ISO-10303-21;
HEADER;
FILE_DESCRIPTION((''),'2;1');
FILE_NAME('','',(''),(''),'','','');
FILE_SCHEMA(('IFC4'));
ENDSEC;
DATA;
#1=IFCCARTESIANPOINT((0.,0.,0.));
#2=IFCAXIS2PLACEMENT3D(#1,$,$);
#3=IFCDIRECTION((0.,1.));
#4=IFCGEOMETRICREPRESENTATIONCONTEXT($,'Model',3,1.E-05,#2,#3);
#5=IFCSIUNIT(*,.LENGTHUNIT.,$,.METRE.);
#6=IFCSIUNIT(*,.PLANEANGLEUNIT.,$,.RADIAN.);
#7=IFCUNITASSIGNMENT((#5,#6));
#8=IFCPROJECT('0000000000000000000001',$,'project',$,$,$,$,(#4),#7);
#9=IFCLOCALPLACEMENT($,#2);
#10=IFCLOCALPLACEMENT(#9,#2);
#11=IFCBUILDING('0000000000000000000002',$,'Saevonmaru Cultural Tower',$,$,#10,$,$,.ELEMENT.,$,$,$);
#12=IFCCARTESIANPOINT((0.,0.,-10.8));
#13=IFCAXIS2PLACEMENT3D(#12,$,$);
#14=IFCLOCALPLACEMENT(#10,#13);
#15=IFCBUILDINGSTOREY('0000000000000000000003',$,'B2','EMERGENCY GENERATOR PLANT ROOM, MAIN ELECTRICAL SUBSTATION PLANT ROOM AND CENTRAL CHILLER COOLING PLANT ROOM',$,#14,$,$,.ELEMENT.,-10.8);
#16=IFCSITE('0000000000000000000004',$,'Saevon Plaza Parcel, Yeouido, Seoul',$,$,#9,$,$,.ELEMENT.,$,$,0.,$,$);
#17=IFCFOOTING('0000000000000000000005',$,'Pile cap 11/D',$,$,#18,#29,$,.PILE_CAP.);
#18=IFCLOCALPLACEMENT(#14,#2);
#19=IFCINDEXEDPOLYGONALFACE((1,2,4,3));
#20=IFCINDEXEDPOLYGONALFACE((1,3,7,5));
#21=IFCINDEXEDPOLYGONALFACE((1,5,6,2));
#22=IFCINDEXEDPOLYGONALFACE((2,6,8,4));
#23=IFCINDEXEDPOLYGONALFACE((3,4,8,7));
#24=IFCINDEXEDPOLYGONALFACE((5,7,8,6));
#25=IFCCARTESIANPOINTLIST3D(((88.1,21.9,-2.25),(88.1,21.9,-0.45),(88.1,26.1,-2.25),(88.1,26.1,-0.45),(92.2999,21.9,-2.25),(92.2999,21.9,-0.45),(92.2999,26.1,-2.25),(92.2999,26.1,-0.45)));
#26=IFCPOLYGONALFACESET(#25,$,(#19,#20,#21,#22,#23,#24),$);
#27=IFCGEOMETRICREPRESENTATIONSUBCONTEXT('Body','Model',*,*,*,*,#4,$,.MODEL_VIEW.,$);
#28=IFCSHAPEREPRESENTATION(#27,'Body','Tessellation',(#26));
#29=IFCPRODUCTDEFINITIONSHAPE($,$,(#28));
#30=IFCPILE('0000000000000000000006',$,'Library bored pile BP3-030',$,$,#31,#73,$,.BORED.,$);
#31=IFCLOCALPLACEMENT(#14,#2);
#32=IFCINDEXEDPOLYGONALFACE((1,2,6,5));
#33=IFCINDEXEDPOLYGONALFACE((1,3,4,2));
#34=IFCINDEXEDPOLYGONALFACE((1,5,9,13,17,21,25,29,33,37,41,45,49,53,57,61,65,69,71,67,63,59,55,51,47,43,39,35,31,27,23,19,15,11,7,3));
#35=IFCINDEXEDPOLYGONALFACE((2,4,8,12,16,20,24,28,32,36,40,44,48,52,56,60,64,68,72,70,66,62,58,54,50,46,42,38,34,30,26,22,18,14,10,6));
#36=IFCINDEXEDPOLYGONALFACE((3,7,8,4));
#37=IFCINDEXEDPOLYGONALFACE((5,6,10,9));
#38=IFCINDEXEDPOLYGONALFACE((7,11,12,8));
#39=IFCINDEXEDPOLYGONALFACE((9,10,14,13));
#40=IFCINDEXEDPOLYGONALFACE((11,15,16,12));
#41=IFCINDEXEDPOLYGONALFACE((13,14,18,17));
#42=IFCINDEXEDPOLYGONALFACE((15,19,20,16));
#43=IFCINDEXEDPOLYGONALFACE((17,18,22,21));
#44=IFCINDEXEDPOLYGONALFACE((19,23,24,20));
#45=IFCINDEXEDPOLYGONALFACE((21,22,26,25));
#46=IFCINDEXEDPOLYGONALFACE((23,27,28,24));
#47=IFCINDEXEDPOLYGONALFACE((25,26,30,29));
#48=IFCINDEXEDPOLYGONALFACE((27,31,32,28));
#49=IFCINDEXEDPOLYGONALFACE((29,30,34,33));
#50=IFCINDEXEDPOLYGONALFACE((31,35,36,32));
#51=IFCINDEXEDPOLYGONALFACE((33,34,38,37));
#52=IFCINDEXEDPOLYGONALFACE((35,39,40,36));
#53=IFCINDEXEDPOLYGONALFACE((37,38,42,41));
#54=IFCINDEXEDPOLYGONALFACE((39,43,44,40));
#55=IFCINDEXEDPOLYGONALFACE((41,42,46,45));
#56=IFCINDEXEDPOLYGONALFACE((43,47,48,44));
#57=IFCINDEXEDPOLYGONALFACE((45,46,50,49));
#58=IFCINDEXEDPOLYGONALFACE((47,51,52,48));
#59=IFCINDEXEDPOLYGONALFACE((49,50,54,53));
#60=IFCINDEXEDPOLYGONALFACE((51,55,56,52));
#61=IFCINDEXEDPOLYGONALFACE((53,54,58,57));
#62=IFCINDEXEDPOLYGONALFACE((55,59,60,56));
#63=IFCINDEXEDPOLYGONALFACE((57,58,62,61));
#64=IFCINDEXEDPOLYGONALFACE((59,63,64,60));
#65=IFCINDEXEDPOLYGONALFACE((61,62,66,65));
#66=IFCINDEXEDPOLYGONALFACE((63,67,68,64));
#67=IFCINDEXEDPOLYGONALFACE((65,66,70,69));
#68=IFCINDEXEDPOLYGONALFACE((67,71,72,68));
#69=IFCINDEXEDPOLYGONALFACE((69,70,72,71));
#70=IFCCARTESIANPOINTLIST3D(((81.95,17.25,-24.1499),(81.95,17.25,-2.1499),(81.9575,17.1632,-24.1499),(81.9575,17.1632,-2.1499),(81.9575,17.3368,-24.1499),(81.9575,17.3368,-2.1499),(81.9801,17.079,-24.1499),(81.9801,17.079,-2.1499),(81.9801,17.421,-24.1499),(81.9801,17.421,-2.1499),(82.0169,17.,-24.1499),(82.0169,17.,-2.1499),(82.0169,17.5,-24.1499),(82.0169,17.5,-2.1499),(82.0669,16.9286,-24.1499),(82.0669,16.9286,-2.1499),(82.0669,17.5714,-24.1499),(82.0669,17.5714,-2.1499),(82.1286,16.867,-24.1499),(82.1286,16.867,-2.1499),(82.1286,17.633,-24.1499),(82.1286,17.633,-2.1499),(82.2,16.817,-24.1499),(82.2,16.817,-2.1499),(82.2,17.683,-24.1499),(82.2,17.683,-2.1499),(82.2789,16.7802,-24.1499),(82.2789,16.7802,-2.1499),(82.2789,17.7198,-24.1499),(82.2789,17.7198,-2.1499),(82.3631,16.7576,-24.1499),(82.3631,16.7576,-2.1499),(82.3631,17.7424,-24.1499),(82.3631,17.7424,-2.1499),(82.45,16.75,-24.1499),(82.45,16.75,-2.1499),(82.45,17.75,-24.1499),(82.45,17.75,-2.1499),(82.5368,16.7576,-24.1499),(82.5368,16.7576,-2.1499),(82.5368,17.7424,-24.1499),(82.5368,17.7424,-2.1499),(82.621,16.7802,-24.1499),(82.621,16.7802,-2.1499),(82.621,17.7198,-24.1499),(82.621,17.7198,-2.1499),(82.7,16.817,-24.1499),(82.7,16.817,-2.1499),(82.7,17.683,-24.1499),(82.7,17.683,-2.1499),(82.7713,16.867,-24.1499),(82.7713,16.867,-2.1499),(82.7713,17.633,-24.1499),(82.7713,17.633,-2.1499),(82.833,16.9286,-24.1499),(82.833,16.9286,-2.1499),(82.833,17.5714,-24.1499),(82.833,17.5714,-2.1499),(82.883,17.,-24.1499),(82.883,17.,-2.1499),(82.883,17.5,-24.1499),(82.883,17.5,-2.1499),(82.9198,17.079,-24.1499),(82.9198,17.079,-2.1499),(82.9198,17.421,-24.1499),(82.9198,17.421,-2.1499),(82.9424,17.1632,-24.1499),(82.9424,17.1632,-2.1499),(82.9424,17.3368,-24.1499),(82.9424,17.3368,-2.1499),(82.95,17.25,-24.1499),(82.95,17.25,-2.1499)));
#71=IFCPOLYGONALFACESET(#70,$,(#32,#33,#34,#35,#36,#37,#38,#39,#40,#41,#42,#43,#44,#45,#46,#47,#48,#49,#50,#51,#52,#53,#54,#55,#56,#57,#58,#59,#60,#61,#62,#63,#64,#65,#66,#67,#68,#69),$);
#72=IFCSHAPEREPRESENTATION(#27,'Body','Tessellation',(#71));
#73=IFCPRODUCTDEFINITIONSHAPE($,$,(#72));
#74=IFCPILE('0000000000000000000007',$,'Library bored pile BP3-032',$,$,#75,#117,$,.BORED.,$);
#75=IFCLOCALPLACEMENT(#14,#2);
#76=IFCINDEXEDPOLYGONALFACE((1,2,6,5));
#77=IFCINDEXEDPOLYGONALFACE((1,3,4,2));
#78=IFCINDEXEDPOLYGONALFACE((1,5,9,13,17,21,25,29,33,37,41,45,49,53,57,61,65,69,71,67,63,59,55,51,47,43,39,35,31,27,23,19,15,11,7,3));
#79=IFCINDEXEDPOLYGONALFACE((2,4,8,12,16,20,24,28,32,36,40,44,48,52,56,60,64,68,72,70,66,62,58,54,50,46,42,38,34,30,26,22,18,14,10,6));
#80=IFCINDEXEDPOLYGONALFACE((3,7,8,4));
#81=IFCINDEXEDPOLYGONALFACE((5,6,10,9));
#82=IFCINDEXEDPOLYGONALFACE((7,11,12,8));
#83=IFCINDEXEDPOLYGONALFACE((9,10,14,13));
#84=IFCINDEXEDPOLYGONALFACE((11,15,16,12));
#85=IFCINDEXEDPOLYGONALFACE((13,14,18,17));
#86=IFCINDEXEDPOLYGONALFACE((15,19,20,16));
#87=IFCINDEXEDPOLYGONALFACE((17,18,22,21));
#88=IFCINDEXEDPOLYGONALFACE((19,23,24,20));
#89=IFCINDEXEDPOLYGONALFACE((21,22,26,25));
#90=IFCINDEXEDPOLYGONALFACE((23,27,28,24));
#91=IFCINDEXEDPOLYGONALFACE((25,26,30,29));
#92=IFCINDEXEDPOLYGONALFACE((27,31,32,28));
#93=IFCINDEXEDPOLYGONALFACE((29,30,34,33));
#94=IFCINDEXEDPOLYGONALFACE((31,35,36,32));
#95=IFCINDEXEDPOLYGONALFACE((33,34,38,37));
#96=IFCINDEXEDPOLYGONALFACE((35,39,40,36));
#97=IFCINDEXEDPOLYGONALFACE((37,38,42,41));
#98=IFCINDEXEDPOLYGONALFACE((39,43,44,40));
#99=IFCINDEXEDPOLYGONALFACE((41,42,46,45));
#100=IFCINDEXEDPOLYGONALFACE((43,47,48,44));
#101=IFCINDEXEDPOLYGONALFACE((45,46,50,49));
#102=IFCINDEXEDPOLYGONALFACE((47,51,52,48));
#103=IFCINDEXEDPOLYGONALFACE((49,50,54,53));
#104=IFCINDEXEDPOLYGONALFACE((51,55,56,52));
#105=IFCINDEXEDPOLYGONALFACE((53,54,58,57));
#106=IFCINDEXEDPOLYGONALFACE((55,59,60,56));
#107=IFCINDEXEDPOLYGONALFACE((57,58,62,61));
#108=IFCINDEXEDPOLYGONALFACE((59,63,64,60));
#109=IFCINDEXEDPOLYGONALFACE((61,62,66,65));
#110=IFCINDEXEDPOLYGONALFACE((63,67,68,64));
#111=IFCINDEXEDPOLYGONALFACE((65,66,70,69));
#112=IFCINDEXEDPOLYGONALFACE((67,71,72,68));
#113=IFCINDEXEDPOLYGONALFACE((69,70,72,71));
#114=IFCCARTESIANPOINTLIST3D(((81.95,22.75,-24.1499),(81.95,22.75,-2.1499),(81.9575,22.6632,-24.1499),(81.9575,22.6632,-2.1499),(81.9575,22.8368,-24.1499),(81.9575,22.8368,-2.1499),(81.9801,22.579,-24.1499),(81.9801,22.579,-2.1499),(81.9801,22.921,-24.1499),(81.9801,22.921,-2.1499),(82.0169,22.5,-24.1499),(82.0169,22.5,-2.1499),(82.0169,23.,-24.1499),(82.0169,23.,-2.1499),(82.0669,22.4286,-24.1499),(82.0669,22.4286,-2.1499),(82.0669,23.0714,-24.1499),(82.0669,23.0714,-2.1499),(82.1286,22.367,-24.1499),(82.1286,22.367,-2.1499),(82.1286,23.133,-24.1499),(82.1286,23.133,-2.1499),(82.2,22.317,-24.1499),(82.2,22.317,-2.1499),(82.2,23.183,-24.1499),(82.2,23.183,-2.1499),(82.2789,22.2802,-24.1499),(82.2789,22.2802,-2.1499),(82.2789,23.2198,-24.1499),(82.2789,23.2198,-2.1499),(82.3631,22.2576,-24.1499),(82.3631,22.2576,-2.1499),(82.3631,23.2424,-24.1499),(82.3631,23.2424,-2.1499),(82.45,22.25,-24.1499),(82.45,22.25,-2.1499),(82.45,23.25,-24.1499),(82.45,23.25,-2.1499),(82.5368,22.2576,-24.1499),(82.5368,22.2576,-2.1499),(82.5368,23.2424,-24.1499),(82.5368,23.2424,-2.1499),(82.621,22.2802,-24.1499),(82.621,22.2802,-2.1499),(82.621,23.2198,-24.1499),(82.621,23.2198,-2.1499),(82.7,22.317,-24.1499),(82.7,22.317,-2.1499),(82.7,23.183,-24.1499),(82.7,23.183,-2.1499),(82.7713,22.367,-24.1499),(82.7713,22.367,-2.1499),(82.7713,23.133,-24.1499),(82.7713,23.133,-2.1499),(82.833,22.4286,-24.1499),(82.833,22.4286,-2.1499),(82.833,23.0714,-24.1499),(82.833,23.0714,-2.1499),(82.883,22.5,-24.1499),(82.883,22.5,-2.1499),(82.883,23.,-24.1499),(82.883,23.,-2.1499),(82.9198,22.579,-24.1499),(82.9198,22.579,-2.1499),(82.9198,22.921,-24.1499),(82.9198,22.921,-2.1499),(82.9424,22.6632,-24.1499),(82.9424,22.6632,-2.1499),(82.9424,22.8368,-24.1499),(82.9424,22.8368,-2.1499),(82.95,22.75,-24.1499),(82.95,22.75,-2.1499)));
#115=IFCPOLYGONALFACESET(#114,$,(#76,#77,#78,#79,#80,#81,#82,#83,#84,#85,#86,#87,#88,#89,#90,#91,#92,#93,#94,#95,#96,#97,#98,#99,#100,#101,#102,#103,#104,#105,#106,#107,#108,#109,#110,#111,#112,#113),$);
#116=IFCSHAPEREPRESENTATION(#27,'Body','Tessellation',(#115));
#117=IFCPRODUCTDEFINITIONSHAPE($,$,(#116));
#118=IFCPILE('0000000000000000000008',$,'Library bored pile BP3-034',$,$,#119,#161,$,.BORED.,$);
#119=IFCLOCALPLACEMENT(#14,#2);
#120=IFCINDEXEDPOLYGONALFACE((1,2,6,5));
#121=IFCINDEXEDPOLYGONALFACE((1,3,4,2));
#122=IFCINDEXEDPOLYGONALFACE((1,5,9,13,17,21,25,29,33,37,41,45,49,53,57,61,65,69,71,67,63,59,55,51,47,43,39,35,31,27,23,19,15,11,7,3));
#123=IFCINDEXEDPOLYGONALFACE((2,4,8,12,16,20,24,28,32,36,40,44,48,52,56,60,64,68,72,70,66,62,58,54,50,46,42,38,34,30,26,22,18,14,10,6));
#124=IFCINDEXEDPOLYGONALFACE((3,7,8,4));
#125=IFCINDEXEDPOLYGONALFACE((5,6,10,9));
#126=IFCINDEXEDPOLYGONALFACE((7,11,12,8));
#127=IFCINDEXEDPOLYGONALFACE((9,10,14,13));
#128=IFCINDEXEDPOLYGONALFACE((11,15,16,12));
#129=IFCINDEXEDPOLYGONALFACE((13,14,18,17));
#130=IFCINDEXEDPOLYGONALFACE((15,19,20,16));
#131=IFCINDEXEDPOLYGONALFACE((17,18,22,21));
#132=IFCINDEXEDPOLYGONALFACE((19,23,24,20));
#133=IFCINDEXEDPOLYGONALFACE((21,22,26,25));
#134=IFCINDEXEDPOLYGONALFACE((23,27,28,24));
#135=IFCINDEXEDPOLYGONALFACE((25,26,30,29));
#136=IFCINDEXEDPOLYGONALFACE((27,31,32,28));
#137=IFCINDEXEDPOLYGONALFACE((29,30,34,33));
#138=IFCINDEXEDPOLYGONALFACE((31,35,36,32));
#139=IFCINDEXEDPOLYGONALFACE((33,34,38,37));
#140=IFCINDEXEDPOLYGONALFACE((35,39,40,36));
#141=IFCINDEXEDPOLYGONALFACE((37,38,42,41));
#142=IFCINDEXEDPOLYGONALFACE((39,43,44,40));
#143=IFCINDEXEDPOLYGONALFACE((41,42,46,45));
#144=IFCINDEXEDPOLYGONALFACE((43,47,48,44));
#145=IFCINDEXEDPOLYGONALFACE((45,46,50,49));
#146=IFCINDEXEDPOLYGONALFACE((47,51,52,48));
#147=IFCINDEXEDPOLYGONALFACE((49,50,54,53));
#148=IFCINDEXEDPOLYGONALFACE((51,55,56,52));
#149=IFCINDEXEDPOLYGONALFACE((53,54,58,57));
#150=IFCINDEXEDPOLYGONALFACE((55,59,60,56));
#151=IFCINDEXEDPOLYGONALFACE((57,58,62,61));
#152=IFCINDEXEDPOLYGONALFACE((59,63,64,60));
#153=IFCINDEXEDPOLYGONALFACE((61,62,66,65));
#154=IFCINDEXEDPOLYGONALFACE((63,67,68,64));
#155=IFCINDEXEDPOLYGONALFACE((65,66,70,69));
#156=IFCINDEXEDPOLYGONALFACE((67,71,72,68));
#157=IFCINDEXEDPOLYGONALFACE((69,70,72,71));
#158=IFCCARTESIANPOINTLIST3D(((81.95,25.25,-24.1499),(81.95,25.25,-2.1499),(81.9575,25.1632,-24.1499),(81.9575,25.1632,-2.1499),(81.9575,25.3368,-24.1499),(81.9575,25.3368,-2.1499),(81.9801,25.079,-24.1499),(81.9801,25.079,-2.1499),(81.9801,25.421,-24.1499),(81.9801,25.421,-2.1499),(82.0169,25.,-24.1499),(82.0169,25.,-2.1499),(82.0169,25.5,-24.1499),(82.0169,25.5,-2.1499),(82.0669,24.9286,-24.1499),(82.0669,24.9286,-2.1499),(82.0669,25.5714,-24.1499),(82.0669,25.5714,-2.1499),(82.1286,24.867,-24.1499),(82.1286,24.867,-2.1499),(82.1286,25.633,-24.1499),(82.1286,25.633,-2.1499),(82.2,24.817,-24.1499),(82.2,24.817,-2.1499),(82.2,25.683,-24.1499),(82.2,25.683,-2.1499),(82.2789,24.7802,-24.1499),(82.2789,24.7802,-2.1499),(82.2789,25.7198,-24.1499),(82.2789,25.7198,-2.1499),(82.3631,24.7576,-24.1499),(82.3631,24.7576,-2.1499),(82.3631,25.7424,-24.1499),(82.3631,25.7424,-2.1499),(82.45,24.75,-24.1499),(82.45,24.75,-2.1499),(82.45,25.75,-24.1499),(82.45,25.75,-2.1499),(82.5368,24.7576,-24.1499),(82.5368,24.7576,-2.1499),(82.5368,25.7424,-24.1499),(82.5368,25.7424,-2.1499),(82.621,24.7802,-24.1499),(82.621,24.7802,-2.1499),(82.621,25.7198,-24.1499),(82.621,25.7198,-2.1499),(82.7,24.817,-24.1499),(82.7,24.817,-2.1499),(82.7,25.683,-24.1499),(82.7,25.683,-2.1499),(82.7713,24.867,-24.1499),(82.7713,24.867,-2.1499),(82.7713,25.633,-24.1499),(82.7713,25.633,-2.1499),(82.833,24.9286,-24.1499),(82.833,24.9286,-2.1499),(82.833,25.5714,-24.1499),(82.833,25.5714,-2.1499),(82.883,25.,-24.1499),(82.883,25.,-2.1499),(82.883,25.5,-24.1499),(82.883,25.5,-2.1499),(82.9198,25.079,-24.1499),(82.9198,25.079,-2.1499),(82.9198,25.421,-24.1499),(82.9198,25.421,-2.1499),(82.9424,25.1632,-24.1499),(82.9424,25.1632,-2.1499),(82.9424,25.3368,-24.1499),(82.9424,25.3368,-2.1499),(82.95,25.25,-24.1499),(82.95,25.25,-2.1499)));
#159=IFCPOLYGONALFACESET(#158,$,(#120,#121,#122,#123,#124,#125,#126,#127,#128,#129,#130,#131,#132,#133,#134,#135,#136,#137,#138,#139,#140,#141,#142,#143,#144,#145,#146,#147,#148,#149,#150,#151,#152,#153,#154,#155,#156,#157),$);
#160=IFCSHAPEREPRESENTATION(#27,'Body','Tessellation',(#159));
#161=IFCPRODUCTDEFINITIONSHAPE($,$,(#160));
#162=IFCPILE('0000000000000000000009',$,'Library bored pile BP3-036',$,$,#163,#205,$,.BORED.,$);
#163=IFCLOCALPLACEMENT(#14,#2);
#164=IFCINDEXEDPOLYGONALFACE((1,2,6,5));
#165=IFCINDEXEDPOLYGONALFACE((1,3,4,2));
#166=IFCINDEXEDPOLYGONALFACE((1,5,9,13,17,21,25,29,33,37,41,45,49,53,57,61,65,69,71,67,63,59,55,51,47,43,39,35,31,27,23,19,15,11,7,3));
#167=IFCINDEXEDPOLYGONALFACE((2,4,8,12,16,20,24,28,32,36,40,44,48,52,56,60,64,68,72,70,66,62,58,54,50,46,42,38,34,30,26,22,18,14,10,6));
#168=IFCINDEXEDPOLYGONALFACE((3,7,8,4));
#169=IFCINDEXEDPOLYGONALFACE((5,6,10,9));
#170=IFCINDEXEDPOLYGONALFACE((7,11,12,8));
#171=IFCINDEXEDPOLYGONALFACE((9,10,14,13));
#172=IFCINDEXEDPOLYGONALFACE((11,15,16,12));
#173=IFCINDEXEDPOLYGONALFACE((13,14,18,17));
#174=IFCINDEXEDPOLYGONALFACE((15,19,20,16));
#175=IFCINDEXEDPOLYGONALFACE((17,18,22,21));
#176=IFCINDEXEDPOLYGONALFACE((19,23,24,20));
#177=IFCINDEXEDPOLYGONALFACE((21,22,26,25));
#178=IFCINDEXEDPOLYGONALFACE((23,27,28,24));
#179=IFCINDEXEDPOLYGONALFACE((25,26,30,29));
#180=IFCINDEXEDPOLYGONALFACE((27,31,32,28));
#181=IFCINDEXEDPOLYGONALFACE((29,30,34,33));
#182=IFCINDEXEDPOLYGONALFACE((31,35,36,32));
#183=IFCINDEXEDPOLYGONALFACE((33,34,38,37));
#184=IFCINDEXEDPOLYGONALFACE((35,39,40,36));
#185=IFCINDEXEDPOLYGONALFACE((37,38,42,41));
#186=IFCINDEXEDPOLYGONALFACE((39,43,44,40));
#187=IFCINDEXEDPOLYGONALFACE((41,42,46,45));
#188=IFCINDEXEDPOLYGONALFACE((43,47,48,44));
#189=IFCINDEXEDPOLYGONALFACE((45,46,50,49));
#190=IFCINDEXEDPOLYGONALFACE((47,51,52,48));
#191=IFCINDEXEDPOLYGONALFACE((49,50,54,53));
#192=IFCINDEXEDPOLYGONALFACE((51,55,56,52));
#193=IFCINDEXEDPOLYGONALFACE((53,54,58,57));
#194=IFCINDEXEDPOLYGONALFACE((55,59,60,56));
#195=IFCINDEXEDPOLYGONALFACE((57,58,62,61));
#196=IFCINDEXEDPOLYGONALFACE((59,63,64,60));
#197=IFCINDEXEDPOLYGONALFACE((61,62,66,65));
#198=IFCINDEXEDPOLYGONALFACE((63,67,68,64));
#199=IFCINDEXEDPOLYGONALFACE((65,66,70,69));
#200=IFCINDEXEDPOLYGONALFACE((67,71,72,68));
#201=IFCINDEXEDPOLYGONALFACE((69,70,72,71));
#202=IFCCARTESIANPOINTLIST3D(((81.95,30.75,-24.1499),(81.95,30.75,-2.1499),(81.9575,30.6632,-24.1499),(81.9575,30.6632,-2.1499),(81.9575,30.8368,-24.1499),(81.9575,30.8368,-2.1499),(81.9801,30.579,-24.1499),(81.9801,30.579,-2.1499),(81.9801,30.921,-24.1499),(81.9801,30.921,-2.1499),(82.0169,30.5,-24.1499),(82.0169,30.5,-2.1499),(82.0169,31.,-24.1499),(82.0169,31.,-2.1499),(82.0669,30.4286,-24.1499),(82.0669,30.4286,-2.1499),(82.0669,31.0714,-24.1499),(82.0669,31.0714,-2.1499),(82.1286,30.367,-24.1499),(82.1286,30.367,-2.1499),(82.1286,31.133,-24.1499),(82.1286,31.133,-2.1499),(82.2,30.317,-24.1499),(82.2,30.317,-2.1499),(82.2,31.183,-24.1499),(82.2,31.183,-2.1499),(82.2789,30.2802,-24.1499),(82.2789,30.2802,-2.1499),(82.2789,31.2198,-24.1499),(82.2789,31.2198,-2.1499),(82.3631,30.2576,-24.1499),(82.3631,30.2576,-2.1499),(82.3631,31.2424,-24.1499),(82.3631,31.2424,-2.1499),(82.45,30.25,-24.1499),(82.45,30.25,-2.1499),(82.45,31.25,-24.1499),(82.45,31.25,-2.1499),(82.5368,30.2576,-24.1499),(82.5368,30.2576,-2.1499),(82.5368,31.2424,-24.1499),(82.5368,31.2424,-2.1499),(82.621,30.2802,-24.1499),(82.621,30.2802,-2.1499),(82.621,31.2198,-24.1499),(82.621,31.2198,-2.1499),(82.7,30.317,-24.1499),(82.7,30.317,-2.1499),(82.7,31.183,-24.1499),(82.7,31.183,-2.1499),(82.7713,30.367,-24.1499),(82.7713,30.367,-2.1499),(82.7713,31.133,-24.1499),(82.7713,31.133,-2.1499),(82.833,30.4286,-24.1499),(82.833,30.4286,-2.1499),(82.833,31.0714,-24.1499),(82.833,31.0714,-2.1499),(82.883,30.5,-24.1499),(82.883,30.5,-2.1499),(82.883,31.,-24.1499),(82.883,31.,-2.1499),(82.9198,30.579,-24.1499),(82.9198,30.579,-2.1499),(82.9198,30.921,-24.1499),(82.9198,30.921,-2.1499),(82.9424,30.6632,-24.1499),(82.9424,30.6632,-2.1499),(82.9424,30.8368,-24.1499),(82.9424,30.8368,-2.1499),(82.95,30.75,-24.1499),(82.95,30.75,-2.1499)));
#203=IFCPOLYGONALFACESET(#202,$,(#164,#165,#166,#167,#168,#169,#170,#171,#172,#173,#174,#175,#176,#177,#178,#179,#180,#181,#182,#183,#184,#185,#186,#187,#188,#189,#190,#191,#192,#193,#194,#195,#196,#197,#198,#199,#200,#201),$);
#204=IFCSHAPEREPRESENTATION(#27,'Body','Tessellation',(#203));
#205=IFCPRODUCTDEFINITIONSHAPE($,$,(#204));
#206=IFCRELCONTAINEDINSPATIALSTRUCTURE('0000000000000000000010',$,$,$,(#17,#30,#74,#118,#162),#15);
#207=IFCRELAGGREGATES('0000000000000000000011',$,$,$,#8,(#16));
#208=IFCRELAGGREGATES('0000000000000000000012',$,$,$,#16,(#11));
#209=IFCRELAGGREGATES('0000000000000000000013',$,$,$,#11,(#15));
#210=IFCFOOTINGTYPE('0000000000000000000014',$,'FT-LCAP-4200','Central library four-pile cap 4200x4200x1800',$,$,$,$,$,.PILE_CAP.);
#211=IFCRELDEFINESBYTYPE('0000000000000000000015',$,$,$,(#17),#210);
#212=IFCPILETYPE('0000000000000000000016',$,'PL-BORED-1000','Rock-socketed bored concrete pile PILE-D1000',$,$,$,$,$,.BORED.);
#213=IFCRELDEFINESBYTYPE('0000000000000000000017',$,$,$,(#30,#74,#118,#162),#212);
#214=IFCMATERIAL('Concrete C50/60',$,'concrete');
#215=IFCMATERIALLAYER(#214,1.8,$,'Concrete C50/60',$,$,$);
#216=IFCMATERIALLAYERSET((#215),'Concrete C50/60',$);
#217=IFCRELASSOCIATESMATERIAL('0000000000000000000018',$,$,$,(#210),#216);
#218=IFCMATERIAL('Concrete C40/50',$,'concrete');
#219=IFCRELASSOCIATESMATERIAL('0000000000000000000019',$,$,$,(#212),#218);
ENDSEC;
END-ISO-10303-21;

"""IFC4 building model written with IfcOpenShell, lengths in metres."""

from ifc_helpers import new_model, si_unit, direction, frame, origin, origin_2d, place, context, subcontext, project, spatial, rectangle, circle, extrude, material, layer, layer_set, material_profile, profile_set, type_object, element, save


model = new_model("IFC4")

# Units and contexts
model_context = context("Model", 3, precision=1e-05, world=origin(), true_north=direction((0.0, 1.0)))
body_context = subcontext(model_context, "Body", "Model", "MODEL_VIEW")
ifc_project = project(units=[si_unit("LENGTHUNIT", "METRE"), si_unit("PLANEANGLEUNIT", "RADIAN")], contexts=[model_context])

# Site, building, storey
site_placement = place(None, origin())
site = spatial("IfcSite", under=ifc_project, at=site_placement, Name="Saevon Plaza Parcel, Yeouido, Seoul", CompositionType="ELEMENT", RefElevation=0.0)
building_placement = place(site_placement, origin())
building = spatial("IfcBuilding", under=site, at=building_placement, Name="Saevonmaru Cultural Tower", CompositionType="ELEMENT")
storey_placement = place(building_placement, frame((0.0, 0.0, -10.8)))
storey = spatial("IfcBuildingStorey", under=building, at=storey_placement, Name="B2", Description="EMERGENCY GENERATOR PLANT ROOM, MAIN ELECTRICAL SUBSTATION PLANT ROOM AND CENTRAL CHILLER COOLING PLANT ROOM", CompositionType="ELEMENT", Elevation=-10.8)

# Footing
ifc_material_1 = material(Name="Concrete C50/60", Category="concrete")
ifc_layer = layer(ifc_material_1, 1.8, Name="Concrete C50/60")
ifc_layer_set = layer_set([ifc_layer], Name="Concrete C50/60")
footing_type = type_object("IfcFootingType", Name="FT-LCAP-4200", Description="Central library four-pile cap 4200x4200x1800", PredefinedType="PILE_CAP", material=ifc_layer_set)
footing_placement = place(storey_placement, frame((90.2, 24.0, -2.25), z_axis=(0.0, 0.0, 1.0), x_axis=(1.0, 0.0, 0.0)))
element("IfcFooting", 1, at=footing_placement, inside=storey, type_object=footing_type, Name="Pile cap 11/D", PredefinedType="PILE_CAP", context=body_context, shape_type="SweptSolid", body=[
    extrude(rectangle(XDim=4.2, YDim=4.2, at=origin_2d()), origin(), (0.0, 0.0, 1.0), 1.8),
])

# Piles
ifc_material_2 = material(Name="Concrete C40/50", Category="concrete")
ifc_material_profile_1 = material_profile(ifc_material_2, circle(Radius=0.5, at=origin_2d()), Name="PILE-D1000")
ifc_profile_set_1 = profile_set([ifc_material_profile_1], Name="Concrete C40/50")
pile_type = type_object("IfcPileType", Name="PL-BORED-1000", Description="Rock-socketed bored concrete pile PILE-D1000", PredefinedType="BORED", material=ifc_profile_set_1)
for number, where, z_axis, x_axis, name in (
    (2, (82.45, 17.25, -2.1499), (0.0, 0.0, -1.0), (1.0, 0.0, 0.0), "Library bored pile BP3-030"),
    (3, (82.45, 22.75, -2.1499), (0.0, 0.0, -1.0), (1.0, 0.0, 0.0), "Library bored pile BP3-032"),
    (4, (82.45, 25.25, -2.1499), (0.0, 0.0, -1.0), (1.0, 0.0, 0.0), "Library bored pile BP3-034"),
    (5, (82.45, 30.75, -2.1499), (0.0, 0.0, -1.0), (1.0, 0.0, 0.0), "Library bored pile BP3-036"),
):
    element("IfcPile", number, at=place(storey_placement, frame(where, z_axis=z_axis, x_axis=x_axis)), inside=storey, type_object=pile_type, Name=name, PredefinedType="BORED", context=body_context, shape_type="SweptSolid", body=[
        extrude(circle(Radius=0.5, at=origin_2d()), origin(), (0.0, 0.0, 1.0), 22.0),
    ])

save(model, "model.ifc")
